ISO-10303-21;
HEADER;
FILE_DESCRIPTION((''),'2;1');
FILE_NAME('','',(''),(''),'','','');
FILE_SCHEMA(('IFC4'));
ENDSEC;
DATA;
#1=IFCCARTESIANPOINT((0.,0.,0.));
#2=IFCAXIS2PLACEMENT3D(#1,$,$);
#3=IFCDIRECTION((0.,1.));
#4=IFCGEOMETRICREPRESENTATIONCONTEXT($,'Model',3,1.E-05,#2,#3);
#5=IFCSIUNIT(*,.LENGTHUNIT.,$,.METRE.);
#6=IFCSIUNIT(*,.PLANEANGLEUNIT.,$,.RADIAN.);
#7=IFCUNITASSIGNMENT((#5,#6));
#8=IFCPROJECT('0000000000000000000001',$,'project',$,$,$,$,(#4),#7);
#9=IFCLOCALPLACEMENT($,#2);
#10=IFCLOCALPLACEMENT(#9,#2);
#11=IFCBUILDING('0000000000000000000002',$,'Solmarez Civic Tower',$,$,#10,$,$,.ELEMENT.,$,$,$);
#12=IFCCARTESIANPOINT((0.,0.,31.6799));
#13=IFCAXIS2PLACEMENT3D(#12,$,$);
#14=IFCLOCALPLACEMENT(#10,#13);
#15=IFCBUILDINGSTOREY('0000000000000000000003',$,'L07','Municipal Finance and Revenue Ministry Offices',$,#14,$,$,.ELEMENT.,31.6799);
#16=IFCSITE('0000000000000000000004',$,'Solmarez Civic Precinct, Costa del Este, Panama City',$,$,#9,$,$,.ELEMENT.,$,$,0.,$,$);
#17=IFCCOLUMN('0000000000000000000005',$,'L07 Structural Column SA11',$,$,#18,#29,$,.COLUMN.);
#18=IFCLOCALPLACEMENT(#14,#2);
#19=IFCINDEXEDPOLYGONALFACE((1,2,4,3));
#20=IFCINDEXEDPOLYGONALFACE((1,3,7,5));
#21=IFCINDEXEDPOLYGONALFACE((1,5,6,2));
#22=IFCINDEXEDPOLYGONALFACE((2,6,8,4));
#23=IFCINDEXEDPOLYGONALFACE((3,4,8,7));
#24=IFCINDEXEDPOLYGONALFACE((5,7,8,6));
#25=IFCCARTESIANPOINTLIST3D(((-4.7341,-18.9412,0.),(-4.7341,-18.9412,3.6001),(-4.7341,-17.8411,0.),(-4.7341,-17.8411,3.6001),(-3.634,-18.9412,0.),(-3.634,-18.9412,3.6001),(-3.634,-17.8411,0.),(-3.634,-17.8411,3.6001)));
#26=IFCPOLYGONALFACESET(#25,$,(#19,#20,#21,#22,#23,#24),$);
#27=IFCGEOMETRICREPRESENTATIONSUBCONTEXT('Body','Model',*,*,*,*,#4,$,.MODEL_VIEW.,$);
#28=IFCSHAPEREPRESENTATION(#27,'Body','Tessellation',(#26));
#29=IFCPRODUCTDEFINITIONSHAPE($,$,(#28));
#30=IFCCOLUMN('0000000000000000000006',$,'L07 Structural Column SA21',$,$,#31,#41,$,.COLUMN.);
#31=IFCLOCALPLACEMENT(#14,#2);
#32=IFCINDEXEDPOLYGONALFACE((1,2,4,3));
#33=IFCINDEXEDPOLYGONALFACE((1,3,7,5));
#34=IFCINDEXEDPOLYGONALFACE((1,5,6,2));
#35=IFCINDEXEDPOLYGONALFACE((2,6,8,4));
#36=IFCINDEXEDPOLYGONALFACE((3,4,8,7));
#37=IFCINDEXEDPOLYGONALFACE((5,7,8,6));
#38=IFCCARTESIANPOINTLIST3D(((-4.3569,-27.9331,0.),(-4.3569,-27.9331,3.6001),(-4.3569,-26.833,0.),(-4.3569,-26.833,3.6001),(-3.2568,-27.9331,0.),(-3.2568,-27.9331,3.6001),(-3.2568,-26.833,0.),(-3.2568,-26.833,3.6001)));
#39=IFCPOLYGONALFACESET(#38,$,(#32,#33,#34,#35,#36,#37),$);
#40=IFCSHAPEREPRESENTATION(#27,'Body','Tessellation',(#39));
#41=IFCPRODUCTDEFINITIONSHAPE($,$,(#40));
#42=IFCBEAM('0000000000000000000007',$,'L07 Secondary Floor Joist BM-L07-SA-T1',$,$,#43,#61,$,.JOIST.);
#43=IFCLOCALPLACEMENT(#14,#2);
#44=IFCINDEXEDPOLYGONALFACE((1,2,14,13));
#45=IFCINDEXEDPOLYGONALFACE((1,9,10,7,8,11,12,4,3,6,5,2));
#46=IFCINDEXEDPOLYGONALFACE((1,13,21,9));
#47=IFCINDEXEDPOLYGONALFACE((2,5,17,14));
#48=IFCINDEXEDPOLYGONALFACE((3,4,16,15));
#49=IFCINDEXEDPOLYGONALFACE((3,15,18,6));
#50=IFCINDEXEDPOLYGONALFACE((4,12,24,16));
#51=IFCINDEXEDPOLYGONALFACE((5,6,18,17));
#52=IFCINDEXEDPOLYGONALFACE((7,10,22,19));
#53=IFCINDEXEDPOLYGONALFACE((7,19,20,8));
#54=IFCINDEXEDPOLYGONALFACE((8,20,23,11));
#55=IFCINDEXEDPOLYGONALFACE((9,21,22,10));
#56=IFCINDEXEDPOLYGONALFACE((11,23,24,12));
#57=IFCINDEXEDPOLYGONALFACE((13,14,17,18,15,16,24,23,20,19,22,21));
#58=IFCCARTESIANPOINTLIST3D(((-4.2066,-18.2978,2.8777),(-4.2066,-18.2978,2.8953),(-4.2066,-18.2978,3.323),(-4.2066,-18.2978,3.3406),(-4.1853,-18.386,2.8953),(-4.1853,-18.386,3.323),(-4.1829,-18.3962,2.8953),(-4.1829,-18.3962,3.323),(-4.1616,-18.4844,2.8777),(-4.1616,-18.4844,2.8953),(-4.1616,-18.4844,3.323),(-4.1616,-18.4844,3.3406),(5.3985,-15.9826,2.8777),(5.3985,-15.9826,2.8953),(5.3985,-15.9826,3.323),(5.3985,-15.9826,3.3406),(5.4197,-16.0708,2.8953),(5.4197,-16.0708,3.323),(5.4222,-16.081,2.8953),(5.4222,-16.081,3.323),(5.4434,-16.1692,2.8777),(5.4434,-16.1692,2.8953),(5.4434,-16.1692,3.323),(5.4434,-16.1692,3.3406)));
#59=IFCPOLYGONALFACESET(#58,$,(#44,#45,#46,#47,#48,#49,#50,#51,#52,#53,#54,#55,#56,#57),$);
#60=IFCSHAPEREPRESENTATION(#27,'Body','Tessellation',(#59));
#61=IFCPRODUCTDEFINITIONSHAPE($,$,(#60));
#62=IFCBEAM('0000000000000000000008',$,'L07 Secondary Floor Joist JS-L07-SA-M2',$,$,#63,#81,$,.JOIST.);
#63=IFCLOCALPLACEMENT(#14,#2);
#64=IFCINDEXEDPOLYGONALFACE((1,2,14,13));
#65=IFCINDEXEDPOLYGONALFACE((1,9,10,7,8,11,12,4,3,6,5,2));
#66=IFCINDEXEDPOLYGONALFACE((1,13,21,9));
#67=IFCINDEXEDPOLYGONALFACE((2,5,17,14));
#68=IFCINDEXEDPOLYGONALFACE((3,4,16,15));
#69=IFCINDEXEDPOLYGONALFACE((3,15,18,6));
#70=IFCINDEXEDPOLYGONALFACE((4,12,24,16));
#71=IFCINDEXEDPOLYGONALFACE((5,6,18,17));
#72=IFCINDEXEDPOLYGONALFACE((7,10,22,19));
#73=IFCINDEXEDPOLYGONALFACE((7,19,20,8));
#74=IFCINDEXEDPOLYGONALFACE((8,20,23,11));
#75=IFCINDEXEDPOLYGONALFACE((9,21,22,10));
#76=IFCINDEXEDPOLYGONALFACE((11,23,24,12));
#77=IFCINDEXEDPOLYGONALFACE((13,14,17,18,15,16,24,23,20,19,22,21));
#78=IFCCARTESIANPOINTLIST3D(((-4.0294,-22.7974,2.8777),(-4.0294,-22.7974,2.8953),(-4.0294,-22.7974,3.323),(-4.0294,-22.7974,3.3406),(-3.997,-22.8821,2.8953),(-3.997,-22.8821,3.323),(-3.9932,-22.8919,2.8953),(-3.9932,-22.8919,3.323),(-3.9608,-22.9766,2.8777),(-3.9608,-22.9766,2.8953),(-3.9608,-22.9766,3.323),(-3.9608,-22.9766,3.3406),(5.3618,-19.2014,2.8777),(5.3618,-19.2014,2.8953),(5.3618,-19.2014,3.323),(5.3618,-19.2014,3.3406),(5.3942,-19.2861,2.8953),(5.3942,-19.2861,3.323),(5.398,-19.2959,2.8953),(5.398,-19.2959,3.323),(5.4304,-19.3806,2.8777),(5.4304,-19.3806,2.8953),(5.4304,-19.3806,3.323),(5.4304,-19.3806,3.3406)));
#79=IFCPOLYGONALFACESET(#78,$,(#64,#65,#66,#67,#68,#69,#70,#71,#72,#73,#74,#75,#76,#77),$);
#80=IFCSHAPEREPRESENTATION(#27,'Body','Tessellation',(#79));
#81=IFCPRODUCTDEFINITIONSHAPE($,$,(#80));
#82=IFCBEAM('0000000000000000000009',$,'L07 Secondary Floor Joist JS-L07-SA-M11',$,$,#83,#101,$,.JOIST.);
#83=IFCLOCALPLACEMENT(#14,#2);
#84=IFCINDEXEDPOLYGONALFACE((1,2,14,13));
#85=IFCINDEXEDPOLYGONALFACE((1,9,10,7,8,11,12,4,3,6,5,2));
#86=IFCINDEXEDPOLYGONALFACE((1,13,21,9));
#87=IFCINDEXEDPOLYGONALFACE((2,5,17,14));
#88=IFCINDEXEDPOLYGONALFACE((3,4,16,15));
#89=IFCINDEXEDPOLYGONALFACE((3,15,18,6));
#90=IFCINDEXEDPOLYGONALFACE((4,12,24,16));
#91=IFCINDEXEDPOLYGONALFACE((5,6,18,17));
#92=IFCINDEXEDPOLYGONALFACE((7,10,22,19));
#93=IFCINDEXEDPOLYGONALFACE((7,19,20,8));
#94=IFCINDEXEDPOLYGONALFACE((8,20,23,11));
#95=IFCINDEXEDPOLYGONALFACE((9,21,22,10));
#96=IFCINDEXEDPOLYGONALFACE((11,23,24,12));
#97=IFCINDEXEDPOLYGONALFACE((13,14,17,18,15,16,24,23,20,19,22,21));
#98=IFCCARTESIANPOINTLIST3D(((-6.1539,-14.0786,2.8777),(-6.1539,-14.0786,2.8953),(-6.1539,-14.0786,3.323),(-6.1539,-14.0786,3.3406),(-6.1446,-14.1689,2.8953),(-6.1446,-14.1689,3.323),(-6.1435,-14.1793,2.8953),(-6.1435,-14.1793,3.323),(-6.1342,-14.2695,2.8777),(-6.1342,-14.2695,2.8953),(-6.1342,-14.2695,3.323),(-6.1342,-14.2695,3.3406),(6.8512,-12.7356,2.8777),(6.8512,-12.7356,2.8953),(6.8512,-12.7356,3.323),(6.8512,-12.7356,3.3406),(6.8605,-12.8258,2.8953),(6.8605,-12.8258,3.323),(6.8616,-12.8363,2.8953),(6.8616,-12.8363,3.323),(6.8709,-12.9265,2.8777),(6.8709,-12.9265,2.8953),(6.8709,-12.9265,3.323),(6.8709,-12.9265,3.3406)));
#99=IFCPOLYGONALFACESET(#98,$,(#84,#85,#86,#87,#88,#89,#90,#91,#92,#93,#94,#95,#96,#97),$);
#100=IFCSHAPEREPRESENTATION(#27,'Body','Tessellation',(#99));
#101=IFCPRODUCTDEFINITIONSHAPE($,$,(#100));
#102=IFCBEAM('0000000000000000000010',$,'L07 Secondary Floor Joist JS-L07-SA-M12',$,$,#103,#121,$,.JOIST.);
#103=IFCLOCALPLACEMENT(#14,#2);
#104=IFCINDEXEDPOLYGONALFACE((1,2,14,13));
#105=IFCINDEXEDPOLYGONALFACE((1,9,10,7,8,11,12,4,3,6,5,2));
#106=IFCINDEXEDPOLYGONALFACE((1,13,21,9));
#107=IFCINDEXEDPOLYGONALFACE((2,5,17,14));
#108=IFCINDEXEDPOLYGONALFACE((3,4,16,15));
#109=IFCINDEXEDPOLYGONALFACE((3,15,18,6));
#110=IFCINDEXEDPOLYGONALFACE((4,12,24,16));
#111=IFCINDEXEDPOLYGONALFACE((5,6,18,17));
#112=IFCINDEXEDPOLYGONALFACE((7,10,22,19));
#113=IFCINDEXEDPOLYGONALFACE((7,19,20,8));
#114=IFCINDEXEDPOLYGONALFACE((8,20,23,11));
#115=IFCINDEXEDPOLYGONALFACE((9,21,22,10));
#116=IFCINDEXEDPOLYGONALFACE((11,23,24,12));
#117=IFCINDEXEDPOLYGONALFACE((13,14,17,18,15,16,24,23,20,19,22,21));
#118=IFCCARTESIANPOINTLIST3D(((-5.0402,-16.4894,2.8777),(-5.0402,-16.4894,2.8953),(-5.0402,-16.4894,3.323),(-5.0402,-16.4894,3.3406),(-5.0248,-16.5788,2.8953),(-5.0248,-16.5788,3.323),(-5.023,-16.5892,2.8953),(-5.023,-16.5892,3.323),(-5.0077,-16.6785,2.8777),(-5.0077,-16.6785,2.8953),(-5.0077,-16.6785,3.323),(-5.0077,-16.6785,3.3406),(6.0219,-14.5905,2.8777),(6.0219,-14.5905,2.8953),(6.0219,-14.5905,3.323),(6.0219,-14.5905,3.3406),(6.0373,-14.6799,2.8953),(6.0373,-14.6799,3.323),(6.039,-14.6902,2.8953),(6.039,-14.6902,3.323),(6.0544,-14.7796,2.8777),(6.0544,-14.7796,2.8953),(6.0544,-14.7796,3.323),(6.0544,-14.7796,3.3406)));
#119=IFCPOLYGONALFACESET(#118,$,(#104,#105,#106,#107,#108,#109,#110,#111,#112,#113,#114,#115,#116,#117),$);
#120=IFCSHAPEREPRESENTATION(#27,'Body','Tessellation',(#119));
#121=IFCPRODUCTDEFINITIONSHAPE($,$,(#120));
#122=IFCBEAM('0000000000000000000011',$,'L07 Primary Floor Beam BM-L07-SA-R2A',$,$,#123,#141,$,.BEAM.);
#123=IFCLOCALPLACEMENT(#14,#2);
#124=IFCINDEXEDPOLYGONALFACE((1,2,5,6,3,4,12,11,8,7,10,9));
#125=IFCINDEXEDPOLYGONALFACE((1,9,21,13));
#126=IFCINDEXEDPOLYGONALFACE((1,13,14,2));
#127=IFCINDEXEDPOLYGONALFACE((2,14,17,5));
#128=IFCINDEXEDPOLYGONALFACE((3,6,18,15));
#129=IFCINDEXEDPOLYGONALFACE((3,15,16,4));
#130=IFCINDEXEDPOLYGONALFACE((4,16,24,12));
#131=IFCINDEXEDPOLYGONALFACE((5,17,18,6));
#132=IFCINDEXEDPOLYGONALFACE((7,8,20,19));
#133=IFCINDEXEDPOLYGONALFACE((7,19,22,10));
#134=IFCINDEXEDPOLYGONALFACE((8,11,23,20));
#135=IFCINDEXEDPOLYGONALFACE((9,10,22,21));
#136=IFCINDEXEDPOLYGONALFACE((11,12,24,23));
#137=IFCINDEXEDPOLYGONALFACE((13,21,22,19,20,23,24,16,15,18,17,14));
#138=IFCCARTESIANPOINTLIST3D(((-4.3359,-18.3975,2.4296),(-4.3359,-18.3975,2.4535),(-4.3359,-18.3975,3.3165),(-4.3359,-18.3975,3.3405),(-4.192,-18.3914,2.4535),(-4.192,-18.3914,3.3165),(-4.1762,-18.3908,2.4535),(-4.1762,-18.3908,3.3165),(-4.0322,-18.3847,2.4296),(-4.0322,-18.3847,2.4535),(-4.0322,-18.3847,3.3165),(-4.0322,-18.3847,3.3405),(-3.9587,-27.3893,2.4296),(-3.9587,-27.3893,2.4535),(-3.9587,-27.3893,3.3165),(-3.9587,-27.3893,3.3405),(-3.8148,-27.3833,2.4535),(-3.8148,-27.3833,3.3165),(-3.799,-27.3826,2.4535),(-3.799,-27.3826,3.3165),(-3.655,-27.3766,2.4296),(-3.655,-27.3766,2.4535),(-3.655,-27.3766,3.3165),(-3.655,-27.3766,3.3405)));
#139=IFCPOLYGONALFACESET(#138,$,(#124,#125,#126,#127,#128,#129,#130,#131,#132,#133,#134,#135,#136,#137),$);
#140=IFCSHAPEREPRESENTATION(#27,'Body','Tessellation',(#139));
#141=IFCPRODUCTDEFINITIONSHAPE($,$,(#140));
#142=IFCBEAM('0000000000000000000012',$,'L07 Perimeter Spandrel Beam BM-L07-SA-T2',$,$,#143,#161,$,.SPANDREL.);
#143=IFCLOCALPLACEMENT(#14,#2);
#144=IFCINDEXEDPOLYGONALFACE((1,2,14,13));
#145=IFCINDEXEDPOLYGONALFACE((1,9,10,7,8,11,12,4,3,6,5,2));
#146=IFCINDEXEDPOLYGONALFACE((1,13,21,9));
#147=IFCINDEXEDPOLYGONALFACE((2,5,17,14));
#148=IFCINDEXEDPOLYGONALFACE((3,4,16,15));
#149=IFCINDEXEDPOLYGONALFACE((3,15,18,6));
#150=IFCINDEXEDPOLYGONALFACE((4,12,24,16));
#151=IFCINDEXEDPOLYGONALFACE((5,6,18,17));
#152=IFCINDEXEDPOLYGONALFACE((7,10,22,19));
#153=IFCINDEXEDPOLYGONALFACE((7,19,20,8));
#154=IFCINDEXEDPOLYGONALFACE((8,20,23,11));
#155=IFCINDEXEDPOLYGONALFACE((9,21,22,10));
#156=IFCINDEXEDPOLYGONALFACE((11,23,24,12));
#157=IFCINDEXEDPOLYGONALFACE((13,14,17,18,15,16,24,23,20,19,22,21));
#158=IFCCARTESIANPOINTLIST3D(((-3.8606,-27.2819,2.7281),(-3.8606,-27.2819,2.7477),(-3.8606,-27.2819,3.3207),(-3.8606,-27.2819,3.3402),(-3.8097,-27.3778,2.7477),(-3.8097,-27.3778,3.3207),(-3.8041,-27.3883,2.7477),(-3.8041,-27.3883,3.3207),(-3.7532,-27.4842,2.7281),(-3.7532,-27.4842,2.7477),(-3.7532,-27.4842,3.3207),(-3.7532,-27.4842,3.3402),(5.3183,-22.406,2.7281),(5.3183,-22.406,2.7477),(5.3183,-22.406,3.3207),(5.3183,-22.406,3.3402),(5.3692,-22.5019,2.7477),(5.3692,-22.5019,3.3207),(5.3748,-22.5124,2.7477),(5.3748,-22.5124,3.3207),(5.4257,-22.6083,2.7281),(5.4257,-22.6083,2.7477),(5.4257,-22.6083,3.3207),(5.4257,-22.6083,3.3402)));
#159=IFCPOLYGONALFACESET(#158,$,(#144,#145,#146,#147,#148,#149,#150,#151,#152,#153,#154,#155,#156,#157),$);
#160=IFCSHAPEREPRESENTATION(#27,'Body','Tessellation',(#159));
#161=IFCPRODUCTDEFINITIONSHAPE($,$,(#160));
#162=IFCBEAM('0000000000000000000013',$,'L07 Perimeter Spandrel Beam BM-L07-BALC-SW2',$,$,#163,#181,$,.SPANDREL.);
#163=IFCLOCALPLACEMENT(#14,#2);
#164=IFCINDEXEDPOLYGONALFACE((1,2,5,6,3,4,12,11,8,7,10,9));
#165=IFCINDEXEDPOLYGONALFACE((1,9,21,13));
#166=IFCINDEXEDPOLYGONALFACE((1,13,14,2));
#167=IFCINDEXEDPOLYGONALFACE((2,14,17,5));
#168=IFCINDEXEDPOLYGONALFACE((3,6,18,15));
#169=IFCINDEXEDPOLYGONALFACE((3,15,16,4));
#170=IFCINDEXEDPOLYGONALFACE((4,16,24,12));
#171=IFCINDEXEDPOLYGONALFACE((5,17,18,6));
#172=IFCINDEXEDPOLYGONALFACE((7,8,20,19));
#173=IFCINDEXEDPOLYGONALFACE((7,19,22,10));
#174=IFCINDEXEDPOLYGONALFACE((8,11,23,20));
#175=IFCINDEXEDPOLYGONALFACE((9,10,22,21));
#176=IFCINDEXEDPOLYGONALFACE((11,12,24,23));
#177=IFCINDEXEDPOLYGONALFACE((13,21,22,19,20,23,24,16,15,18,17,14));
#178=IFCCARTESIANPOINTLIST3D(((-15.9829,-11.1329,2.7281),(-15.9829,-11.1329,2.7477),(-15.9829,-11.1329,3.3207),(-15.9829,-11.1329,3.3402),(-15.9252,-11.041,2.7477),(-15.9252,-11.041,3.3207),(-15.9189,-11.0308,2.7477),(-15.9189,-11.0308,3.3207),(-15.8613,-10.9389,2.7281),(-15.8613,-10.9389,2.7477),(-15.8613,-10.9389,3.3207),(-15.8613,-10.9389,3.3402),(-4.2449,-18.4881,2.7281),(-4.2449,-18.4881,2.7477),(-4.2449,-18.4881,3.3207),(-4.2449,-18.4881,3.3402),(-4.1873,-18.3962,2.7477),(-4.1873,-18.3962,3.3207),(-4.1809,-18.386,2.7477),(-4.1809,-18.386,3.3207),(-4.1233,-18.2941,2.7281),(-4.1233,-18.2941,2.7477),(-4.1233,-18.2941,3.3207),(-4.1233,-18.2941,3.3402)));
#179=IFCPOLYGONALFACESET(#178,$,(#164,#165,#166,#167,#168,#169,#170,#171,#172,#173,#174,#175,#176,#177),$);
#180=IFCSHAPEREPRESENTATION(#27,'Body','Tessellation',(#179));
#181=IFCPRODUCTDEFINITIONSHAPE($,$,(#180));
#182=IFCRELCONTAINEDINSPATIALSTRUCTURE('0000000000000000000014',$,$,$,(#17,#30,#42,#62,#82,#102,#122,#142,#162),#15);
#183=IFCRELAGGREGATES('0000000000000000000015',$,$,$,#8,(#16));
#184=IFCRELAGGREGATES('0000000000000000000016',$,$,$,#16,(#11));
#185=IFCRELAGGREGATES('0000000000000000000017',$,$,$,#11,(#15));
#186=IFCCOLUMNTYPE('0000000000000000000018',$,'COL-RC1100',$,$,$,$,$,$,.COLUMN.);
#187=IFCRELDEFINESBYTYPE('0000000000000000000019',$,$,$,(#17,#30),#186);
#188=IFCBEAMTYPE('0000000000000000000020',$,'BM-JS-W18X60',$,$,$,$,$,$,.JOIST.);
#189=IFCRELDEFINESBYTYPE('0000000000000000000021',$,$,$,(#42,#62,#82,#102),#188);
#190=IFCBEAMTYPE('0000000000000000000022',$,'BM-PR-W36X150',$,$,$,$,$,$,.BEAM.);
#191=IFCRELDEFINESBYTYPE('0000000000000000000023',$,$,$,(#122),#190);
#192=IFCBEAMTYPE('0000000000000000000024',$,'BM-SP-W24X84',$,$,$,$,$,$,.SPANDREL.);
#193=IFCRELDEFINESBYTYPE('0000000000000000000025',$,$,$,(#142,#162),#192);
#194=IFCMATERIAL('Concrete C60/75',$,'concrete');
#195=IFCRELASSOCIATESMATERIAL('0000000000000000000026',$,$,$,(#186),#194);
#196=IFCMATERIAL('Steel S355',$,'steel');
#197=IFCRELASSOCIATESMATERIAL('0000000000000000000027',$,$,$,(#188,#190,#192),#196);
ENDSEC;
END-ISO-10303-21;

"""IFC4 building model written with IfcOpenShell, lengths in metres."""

from ifc_helpers import new_model, si_unit, direction, frame, origin, origin_2d, place, context, subcontext, project, spatial, rectangle, i_section, extrude, material, material_profile, profile_set, type_object, element, save


model = new_model("IFC4")

# Units and contexts
model_context = context("Model", 3, precision=1e-05, world=origin(), true_north=direction((0.0, 1.0)))
body_context = subcontext(model_context, "Body", "Model", "MODEL_VIEW")
ifc_project = project(units=[si_unit("LENGTHUNIT", "METRE"), si_unit("PLANEANGLEUNIT", "RADIAN")], contexts=[model_context])

# Site, building, storey
site_placement = place(None, origin())
site = spatial("IfcSite", under=ifc_project, at=site_placement, Name="Solmarez Civic Precinct, Costa del Este, Panama City", CompositionType="ELEMENT", RefElevation=0.0)
building_placement = place(site_placement, origin())
building = spatial("IfcBuilding", under=site, at=building_placement, Name="Solmarez Civic Tower", CompositionType="ELEMENT")
storey_placement = place(building_placement, frame((0.0, 0.0, 31.6799)))
storey = spatial("IfcBuildingStorey", under=building, at=storey_placement, Name="L07", Description="Municipal Finance and Revenue Ministry Offices", CompositionType="ELEMENT", Elevation=31.6799)

# Columns
ifc_material_1 = material(Name="Concrete C60/75", Category="concrete")
ifc_material_profile_1 = material_profile(ifc_material_1, rectangle(XDim=1.1001, YDim=1.1001, at=origin_2d()), Name="RC1100X1100")
ifc_profile_set_1 = profile_set([ifc_material_profile_1], Name="Concrete C60/75")
column_type = type_object("IfcColumnType", Name="COL-RC1100", PredefinedType="COLUMN", material=ifc_profile_set_1)
for number, where, z_axis, x_axis, name in (
    (1, (-4.1841, -18.3911, 0.0), (0.0, 0.0, 1.0), (1.0, 0.0, 0.0), "L07 Structural Column SA11"),
    (2, (-3.8069, -27.3831, 0.0), (0.0, 0.0, 1.0), (1.0, 0.0, 0.0), "L07 Structural Column SA21"),
):
    element("IfcColumn", number, at=place(storey_placement, frame(where, z_axis=z_axis, x_axis=x_axis)), inside=storey, type_object=column_type, Name=name, PredefinedType="COLUMN", context=body_context, shape_type="SweptSolid", body=[
        extrude(rectangle(XDim=1.1001, YDim=1.1001, at=origin_2d()), origin(), (0.0, 0.0, 1.0), 3.6001),
    ])

# Beams
ifc_material_2 = material(Name="Steel S355", Category="steel")
ifc_material_profile_2 = material_profile(ifc_material_2, i_section(OverallWidth=0.1919, OverallDepth=0.4629, WebThickness=0.0105, FlangeThickness=0.0176, at=origin_2d()), Name="W18X60")
ifc_profile_set_2 = profile_set([ifc_material_profile_2], Name="Steel S355")
beam_type_1 = type_object("IfcBeamType", Name="BM-JS-W18X60", PredefinedType="JOIST", material=ifc_profile_set_2)
beam_1_placement = place(storey_placement, frame((-4.1841, -18.3911, 3.1091), z_axis=(0.972157, 0.234329, 0.0), x_axis=(-0.234329, 0.972157, 0.0)))
element("IfcBeam", 3, at=beam_1_placement, inside=storey, type_object=beam_type_1, Name="L07 Secondary Floor Joist BM-L07-SA-T1", PredefinedType="JOIST", context=body_context, shape_type="SweptSolid", body=[
    extrude(i_section(OverallWidth=0.1919, OverallDepth=0.4629, WebThickness=0.0105, FlangeThickness=0.0176, at=origin_2d()), origin(), (0.0, 0.0, 1.0), 9.8801),
])
beam_2_placement = place(storey_placement, frame((-3.9951, -22.887, 3.1091), z_axis=(0.933878, 0.357591, 0.0), x_axis=(-0.357591, 0.933878, 0.0)))
element("IfcBeam", 4, at=beam_2_placement, inside=storey, type_object=beam_type_1, Name="L07 Secondary Floor Joist JS-L07-SA-M2", PredefinedType="JOIST", context=body_context, shape_type="SweptSolid", body=[
    extrude(i_section(OverallWidth=0.1919, OverallDepth=0.4629, WebThickness=0.0105, FlangeThickness=0.0176, at=origin_2d()), origin(), (0.0, 0.0, 1.0), 10.0562),
])
beam_3_placement = place(storey_placement, frame((-6.144, -14.1741, 3.1091), z_axis=(0.99471, 0.102722, 0.0), x_axis=(-0.102722, 0.99471, 0.0)))
element("IfcBeam", 5, at=beam_3_placement, inside=storey, type_object=beam_type_1, Name="L07 Secondary Floor Joist JS-L07-SA-M11", PredefinedType="JOIST", context=body_context, shape_type="SweptSolid", body=[
    extrude(i_section(OverallWidth=0.1919, OverallDepth=0.4629, WebThickness=0.0105, FlangeThickness=0.0176, at=origin_2d()), origin(), (0.0, 0.0, 1.0), 13.0742),
])
beam_4_placement = place(storey_placement, frame((-5.0239, -16.584, 3.1091), z_axis=(0.985584, 0.169187, 0.0), x_axis=(-0.169187, 0.985584, 0.0)))
element("IfcBeam", 6, at=beam_4_placement, inside=storey, type_object=beam_type_1, Name="L07 Secondary Floor Joist JS-L07-SA-M12", PredefinedType="JOIST", context=body_context, shape_type="SweptSolid", body=[
    extrude(i_section(OverallWidth=0.1919, OverallDepth=0.4629, WebThickness=0.0105, FlangeThickness=0.0176, at=origin_2d()), origin(), (0.0, 0.0, 1.0), 11.2239),
])
ifc_material_profile_3 = material_profile(ifc_material_2, i_section(OverallWidth=0.304, OverallDepth=0.9109, WebThickness=0.0159, FlangeThickness=0.0239, at=origin_2d()), Name="W36X150")
ifc_profile_set_3 = profile_set([ifc_material_profile_3], Name="Steel S355")
beam_type_2 = type_object("IfcBeamType", Name="BM-PR-W36X150", PredefinedType="BEAM", material=ifc_profile_set_3)
beam_5_placement = place(storey_placement, frame((-4.1841, -18.3911, 2.885), z_axis=(0.041911, -0.999121, 0.0), x_axis=(0.999121, 0.041911, 0.0)))
element("IfcBeam", 7, at=beam_5_placement, inside=storey, type_object=beam_type_2, Name="L07 Primary Floor Beam BM-L07-SA-R2A", PredefinedType="BEAM", context=body_context, shape_type="SweptSolid", body=[
    extrude(i_section(OverallWidth=0.304, OverallDepth=0.9109, WebThickness=0.0159, FlangeThickness=0.0239, at=origin_2d()), origin(), (0.0, 0.0, 1.0), 8.9998),
])
ifc_material_profile_4 = material_profile(ifc_material_2, i_section(OverallWidth=0.229, OverallDepth=0.6121, WebThickness=0.012, FlangeThickness=0.0195, at=origin_2d()), Name="W24X84")
ifc_profile_set_4 = profile_set([ifc_material_profile_4], Name="Steel S355")
beam_type_3 = type_object("IfcBeamType", Name="BM-SP-W24X84", PredefinedType="SPANDREL", material=ifc_profile_set_4)
beam_6_placement = place(storey_placement, frame((-3.8069, -27.3831, 3.0342), z_axis=(0.883129, 0.469129, 0.0), x_axis=(-0.469129, 0.883129, 0.0)))
element("IfcBeam", 8, at=beam_6_placement, inside=storey, type_object=beam_type_3, Name="L07 Perimeter Spandrel Beam BM-L07-SA-T2", PredefinedType="SPANDREL", context=body_context, shape_type="SweptSolid", body=[
    extrude(i_section(OverallWidth=0.229, OverallDepth=0.6121, WebThickness=0.012, FlangeThickness=0.0195, at=origin_2d()), origin(), (0.0, 0.0, 1.0), 10.3936),
])
beam_7_placement = place(storey_placement, frame((-4.1841, -18.3911, 3.0342), z_axis=(-0.847383, 0.530982, 0.0), x_axis=(-0.530982, -0.847383, 0.0)))
element("IfcBeam", 9, at=beam_7_placement, inside=storey, type_object=beam_type_3, Name="L07 Perimeter Spandrel Beam BM-L07-BALC-SW2", PredefinedType="SPANDREL", context=body_context, shape_type="SweptSolid", body=[
    extrude(i_section(OverallWidth=0.229, OverallDepth=0.6121, WebThickness=0.012, FlangeThickness=0.0195, at=origin_2d()), origin(), (0.0, 0.0, 1.0), 13.8521),
])

save(model, "model.ifc")
